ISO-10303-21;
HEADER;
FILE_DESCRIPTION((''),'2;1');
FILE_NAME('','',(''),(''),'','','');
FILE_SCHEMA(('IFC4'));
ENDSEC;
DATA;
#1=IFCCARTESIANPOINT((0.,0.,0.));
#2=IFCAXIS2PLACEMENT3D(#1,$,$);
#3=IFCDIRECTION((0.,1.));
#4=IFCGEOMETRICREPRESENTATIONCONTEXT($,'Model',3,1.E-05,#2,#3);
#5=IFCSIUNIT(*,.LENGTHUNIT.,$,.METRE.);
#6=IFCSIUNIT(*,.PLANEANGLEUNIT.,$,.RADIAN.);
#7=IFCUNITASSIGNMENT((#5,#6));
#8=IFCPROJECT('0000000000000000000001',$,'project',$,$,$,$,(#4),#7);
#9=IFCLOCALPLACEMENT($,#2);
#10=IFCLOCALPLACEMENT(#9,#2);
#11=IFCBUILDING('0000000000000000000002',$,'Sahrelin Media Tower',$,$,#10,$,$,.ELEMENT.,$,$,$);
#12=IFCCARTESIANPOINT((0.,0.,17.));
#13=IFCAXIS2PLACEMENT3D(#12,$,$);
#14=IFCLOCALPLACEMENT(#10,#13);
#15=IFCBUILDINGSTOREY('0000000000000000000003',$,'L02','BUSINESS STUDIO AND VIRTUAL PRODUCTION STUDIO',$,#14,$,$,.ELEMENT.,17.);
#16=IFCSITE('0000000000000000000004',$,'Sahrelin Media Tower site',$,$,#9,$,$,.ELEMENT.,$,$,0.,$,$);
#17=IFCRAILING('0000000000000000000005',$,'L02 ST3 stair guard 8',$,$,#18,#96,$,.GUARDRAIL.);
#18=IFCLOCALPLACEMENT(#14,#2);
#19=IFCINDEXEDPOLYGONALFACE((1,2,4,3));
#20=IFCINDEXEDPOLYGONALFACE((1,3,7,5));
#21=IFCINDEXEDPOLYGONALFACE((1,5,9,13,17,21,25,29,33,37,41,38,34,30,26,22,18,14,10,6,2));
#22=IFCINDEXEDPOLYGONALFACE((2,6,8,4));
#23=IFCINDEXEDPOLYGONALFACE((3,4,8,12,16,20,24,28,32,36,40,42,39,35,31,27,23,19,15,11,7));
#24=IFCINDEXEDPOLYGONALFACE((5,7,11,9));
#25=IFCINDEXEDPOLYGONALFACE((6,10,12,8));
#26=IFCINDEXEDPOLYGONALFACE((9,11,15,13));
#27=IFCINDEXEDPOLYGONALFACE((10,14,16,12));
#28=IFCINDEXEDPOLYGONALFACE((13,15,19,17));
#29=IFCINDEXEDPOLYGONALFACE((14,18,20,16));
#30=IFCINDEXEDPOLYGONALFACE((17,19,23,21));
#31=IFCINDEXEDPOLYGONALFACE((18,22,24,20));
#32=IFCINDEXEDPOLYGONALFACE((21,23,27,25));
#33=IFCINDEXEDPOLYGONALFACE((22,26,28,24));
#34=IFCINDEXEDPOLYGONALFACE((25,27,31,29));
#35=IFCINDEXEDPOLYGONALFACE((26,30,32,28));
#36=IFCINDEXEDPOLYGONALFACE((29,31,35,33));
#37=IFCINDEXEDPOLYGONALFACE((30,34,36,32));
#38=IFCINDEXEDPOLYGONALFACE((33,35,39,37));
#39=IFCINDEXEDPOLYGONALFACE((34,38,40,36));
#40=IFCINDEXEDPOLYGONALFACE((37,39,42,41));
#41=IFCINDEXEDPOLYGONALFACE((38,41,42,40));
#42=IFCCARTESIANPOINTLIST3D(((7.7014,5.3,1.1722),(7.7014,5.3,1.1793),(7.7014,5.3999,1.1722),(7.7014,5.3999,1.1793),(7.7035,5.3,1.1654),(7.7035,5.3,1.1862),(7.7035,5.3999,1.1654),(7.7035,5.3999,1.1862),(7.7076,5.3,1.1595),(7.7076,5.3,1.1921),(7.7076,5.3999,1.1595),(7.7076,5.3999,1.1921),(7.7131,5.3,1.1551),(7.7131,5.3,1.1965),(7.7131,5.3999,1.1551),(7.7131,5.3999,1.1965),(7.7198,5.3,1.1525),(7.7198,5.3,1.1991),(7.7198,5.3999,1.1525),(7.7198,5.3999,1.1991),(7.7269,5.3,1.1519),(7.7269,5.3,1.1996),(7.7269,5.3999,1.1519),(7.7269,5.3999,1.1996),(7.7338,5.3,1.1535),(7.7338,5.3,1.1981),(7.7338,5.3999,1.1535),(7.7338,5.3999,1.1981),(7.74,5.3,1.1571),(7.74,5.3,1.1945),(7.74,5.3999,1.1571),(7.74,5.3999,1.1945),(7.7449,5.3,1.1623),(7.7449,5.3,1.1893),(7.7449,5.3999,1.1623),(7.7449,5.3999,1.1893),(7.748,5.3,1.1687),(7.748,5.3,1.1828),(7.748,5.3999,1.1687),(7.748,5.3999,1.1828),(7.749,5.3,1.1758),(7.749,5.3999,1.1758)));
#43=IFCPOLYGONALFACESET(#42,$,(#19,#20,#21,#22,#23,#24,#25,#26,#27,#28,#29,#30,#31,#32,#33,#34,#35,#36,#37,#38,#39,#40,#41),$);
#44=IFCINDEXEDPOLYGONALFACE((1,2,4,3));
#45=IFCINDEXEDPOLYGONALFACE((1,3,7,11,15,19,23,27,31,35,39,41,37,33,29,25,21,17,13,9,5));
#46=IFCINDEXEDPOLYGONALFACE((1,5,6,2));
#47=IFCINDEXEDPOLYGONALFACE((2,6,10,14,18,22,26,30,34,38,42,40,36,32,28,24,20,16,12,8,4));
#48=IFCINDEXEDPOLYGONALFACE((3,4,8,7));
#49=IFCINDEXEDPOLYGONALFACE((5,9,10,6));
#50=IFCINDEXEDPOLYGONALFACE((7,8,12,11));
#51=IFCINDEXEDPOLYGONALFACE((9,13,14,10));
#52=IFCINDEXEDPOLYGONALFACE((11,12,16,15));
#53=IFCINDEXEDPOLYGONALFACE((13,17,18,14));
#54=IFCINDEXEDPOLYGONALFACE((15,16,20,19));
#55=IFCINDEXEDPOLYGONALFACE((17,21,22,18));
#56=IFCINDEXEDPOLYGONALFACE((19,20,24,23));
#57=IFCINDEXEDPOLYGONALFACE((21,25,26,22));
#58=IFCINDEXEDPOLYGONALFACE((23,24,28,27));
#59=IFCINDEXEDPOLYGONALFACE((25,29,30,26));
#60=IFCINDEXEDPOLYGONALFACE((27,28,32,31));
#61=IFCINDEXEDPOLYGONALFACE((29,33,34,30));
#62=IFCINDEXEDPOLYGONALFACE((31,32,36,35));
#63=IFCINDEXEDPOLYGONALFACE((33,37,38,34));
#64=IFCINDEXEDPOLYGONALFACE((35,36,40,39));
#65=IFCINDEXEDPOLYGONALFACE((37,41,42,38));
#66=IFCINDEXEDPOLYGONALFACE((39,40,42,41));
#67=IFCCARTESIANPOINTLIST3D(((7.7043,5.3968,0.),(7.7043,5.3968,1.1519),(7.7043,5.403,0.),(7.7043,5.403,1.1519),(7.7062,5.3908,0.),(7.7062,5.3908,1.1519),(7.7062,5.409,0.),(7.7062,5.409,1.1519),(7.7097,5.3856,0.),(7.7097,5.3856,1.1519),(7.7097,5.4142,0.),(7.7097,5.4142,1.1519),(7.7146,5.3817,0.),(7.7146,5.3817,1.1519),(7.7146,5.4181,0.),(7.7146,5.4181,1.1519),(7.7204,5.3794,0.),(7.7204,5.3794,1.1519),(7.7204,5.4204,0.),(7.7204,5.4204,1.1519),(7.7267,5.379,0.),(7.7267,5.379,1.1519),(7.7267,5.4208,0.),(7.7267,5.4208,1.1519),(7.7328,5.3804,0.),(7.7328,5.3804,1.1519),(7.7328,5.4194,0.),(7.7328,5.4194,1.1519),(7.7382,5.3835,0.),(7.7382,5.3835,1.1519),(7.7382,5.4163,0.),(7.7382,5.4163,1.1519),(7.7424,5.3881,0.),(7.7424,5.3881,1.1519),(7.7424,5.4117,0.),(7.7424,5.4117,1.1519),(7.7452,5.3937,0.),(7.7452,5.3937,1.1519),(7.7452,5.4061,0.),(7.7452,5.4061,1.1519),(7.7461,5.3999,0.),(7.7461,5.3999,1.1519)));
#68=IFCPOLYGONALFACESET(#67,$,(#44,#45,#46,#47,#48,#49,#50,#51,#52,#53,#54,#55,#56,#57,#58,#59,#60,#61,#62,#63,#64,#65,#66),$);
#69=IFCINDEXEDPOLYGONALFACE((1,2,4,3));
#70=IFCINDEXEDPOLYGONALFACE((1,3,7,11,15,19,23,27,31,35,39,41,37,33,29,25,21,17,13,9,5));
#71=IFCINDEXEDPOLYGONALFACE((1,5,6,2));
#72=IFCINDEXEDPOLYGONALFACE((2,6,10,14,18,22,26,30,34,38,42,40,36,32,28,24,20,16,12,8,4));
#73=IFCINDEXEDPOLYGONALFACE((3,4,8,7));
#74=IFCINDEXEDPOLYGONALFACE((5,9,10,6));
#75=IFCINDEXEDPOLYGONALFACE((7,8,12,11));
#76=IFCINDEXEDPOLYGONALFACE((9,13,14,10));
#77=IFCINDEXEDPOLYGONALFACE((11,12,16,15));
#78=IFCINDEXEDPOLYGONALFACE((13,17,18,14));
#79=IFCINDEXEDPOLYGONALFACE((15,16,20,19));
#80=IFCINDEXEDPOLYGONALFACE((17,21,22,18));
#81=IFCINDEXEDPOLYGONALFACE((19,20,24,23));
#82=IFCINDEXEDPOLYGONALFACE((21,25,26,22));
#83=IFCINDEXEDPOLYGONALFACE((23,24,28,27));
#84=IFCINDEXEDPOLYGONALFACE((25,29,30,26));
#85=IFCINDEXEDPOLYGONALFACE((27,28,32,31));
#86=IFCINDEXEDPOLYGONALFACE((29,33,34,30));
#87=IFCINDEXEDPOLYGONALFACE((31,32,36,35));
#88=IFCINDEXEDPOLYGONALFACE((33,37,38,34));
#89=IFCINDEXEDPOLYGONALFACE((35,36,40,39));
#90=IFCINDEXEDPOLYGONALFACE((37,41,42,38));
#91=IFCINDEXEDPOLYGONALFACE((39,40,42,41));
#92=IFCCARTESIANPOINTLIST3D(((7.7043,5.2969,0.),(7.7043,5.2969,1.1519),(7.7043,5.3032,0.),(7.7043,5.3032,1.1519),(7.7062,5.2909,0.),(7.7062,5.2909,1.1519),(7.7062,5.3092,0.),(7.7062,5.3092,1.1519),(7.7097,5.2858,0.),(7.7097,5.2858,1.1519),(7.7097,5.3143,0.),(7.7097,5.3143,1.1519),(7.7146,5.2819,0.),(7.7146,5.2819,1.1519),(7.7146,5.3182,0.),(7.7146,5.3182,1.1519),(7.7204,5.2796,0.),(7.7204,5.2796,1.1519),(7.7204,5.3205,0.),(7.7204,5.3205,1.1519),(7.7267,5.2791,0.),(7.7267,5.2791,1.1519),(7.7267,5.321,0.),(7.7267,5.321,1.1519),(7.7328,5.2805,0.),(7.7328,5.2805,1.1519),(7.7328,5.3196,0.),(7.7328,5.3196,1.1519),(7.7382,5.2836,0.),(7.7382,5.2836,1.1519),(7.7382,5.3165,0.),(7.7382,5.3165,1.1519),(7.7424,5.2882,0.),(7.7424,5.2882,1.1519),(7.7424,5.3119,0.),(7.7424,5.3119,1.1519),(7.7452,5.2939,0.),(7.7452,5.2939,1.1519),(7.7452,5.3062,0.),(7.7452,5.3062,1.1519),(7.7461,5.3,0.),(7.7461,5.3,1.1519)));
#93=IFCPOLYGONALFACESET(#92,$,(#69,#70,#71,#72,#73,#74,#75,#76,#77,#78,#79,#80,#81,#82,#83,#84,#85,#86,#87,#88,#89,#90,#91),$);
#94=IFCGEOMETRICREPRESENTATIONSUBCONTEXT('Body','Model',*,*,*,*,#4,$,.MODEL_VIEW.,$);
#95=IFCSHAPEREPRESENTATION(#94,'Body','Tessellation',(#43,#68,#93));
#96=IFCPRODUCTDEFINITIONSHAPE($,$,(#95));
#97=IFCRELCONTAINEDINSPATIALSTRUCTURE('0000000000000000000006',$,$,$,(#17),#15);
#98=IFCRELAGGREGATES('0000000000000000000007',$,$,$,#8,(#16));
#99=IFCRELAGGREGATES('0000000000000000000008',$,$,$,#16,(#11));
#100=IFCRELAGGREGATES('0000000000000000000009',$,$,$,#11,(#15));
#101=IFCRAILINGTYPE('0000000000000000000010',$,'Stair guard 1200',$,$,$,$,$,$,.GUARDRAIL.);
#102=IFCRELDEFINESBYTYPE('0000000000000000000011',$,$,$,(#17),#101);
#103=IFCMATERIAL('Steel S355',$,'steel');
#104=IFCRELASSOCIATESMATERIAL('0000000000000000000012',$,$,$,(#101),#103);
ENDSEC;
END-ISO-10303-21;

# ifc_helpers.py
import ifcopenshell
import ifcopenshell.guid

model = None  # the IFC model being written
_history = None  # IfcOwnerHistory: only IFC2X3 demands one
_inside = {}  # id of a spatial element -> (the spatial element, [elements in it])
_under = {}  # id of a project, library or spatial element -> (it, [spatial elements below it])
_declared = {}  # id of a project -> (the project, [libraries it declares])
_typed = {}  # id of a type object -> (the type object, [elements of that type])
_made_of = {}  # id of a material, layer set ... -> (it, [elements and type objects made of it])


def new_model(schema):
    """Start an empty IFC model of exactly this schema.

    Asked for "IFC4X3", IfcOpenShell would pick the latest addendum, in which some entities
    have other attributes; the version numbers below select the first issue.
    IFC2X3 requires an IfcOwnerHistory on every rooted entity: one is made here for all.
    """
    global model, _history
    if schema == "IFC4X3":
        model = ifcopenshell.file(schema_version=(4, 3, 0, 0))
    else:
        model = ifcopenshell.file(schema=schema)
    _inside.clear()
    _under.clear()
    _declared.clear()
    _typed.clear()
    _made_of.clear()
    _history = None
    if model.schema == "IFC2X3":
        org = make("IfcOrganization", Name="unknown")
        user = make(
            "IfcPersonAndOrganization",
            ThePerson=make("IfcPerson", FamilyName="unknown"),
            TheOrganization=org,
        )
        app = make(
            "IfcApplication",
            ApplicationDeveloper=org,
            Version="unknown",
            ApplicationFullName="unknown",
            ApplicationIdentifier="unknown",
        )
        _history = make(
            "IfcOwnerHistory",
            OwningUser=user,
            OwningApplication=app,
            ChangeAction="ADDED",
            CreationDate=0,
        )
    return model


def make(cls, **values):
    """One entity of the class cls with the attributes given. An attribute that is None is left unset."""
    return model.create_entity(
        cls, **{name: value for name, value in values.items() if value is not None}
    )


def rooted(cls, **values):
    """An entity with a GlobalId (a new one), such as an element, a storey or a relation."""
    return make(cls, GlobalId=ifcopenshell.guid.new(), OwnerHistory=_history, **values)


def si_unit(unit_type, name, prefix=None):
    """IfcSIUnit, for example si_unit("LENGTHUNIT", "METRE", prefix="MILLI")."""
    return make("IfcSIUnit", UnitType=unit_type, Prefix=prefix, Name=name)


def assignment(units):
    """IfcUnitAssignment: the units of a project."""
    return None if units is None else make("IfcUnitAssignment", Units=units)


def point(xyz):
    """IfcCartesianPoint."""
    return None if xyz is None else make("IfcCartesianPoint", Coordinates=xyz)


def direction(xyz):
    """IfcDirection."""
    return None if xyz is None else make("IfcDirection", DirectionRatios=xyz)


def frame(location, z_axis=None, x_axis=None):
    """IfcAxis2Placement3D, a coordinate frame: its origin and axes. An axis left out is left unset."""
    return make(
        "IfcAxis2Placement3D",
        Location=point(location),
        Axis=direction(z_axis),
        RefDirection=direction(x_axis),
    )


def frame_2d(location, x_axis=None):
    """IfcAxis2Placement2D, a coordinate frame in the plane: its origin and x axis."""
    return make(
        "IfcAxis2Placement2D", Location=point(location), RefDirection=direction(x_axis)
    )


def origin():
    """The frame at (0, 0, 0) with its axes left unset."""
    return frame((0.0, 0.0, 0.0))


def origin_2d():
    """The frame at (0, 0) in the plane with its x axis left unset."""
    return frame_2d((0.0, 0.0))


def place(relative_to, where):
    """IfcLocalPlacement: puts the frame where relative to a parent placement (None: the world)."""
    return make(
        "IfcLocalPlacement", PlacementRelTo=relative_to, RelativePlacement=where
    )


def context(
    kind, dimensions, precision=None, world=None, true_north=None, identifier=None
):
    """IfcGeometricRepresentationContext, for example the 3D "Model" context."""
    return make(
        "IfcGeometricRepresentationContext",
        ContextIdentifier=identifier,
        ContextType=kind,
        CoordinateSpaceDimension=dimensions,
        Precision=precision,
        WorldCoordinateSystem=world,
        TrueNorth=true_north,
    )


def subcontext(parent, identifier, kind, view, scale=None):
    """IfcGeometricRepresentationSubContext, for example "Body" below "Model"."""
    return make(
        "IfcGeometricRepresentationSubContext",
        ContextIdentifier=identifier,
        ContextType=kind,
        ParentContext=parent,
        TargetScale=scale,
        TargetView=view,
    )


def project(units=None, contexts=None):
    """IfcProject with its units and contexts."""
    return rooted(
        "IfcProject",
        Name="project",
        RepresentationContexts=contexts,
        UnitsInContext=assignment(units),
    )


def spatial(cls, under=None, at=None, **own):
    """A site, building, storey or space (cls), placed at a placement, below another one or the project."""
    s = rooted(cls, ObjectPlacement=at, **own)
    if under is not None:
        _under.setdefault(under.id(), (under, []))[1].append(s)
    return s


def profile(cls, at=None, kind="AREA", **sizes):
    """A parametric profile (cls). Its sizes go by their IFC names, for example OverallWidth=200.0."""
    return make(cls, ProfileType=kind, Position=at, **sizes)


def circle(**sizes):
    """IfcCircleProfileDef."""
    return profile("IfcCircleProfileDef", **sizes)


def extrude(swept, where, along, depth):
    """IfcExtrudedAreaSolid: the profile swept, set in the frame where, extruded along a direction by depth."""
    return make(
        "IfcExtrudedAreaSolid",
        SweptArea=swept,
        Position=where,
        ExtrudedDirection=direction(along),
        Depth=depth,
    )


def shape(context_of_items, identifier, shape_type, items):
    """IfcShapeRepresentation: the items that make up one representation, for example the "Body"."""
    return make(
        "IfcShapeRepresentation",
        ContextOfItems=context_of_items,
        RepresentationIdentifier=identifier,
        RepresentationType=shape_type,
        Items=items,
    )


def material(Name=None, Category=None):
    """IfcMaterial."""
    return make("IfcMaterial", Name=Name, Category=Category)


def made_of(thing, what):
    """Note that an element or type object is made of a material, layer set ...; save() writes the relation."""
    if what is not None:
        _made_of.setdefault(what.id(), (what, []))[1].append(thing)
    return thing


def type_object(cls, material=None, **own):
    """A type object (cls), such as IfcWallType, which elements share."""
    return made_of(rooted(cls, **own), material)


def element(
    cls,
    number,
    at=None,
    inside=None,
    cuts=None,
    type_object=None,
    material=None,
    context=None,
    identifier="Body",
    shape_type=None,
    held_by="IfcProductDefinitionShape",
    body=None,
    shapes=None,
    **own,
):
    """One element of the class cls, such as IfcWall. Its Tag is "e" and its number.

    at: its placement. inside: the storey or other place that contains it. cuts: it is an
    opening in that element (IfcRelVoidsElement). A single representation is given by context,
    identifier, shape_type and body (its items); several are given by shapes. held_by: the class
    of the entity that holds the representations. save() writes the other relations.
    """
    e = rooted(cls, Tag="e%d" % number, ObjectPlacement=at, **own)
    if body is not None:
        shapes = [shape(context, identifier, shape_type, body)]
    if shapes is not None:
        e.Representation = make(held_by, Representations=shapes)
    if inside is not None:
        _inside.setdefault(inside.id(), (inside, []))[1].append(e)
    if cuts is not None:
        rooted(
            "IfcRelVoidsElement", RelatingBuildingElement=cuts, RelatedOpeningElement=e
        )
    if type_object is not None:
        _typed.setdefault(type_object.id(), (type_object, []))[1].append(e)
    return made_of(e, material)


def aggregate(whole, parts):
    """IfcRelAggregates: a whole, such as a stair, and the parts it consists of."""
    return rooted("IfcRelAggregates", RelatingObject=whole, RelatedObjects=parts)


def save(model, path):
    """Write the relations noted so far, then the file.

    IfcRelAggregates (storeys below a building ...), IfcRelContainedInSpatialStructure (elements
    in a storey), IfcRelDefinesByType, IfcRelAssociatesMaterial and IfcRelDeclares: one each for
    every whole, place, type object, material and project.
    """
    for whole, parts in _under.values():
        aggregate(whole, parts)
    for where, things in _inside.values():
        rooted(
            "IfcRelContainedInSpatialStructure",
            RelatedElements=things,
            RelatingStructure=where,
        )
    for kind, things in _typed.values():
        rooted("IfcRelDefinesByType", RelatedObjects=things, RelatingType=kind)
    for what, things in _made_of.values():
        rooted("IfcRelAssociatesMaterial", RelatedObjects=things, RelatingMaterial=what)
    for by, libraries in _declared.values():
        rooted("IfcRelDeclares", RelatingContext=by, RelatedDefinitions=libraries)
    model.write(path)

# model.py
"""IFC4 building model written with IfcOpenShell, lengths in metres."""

from ifc_helpers import new_model, si_unit, direction, frame, origin, origin_2d, place, context, subcontext, project, spatial, circle, extrude, material, type_object, element, save


model = new_model("IFC4")

# Units and contexts
model_context = context("Model", 3, precision=1e-05, world=origin(), true_north=direction((0.0, 1.0)))
body_context = subcontext(model_context, "Body", "Model", "MODEL_VIEW")
ifc_project = project(units=[si_unit("LENGTHUNIT", "METRE"), si_unit("PLANEANGLEUNIT", "RADIAN")], contexts=[model_context])

# Site, building, storey
site_placement = place(None, origin())
site = spatial("IfcSite", under=ifc_project, at=site_placement, Name="Sahrelin Media Tower site", CompositionType="ELEMENT", RefElevation=0.0)
building_placement = place(site_placement, origin())
building = spatial("IfcBuilding", under=site, at=building_placement, Name="Sahrelin Media Tower", CompositionType="ELEMENT")
storey_placement = place(building_placement, frame((0.0, 0.0, 17.0)))
storey = spatial("IfcBuildingStorey", under=building, at=storey_placement, Name="L02", Description="BUSINESS STUDIO AND VIRTUAL PRODUCTION STUDIO", CompositionType="ELEMENT", Elevation=17.0)

# Shared definitions
ifc_material_1 = material(Name="Steel S355", Category="steel")

# Railing
railing_type_1 = type_object("IfcRailingType", Name="Stair guard 1200", PredefinedType="GUARDRAIL", material=ifc_material_1)
railing_1_placement = place(storey_placement, frame((7.7251, 5.3999, 0.0)))
element("IfcRailing", 1, at=railing_1_placement, inside=storey, type_object=railing_type_1, Name="L02 ST3 stair guard 8", PredefinedType="GUARDRAIL", context=body_context, shape_type="SweptSolid", body=[
    extrude(circle(Radius=0.0239, at=origin_2d()), frame((0.0, 0.0, 1.1758), z_axis=(0.0, -1.0, 0.0), x_axis=(1.0, 0.0, 0.0)), (0.0, 0.0, 1.0), 0.0999),
    extrude(circle(Radius=0.021, at=origin_2d()), origin(), (0.0, 0.0, 1.0), 1.1519),
    extrude(circle(Radius=0.021, at=origin_2d()), frame((0.0, -0.0999, 0.0)), (0.0, 0.0, 1.0), 1.1519),
])

save(model, "model.ifc")
